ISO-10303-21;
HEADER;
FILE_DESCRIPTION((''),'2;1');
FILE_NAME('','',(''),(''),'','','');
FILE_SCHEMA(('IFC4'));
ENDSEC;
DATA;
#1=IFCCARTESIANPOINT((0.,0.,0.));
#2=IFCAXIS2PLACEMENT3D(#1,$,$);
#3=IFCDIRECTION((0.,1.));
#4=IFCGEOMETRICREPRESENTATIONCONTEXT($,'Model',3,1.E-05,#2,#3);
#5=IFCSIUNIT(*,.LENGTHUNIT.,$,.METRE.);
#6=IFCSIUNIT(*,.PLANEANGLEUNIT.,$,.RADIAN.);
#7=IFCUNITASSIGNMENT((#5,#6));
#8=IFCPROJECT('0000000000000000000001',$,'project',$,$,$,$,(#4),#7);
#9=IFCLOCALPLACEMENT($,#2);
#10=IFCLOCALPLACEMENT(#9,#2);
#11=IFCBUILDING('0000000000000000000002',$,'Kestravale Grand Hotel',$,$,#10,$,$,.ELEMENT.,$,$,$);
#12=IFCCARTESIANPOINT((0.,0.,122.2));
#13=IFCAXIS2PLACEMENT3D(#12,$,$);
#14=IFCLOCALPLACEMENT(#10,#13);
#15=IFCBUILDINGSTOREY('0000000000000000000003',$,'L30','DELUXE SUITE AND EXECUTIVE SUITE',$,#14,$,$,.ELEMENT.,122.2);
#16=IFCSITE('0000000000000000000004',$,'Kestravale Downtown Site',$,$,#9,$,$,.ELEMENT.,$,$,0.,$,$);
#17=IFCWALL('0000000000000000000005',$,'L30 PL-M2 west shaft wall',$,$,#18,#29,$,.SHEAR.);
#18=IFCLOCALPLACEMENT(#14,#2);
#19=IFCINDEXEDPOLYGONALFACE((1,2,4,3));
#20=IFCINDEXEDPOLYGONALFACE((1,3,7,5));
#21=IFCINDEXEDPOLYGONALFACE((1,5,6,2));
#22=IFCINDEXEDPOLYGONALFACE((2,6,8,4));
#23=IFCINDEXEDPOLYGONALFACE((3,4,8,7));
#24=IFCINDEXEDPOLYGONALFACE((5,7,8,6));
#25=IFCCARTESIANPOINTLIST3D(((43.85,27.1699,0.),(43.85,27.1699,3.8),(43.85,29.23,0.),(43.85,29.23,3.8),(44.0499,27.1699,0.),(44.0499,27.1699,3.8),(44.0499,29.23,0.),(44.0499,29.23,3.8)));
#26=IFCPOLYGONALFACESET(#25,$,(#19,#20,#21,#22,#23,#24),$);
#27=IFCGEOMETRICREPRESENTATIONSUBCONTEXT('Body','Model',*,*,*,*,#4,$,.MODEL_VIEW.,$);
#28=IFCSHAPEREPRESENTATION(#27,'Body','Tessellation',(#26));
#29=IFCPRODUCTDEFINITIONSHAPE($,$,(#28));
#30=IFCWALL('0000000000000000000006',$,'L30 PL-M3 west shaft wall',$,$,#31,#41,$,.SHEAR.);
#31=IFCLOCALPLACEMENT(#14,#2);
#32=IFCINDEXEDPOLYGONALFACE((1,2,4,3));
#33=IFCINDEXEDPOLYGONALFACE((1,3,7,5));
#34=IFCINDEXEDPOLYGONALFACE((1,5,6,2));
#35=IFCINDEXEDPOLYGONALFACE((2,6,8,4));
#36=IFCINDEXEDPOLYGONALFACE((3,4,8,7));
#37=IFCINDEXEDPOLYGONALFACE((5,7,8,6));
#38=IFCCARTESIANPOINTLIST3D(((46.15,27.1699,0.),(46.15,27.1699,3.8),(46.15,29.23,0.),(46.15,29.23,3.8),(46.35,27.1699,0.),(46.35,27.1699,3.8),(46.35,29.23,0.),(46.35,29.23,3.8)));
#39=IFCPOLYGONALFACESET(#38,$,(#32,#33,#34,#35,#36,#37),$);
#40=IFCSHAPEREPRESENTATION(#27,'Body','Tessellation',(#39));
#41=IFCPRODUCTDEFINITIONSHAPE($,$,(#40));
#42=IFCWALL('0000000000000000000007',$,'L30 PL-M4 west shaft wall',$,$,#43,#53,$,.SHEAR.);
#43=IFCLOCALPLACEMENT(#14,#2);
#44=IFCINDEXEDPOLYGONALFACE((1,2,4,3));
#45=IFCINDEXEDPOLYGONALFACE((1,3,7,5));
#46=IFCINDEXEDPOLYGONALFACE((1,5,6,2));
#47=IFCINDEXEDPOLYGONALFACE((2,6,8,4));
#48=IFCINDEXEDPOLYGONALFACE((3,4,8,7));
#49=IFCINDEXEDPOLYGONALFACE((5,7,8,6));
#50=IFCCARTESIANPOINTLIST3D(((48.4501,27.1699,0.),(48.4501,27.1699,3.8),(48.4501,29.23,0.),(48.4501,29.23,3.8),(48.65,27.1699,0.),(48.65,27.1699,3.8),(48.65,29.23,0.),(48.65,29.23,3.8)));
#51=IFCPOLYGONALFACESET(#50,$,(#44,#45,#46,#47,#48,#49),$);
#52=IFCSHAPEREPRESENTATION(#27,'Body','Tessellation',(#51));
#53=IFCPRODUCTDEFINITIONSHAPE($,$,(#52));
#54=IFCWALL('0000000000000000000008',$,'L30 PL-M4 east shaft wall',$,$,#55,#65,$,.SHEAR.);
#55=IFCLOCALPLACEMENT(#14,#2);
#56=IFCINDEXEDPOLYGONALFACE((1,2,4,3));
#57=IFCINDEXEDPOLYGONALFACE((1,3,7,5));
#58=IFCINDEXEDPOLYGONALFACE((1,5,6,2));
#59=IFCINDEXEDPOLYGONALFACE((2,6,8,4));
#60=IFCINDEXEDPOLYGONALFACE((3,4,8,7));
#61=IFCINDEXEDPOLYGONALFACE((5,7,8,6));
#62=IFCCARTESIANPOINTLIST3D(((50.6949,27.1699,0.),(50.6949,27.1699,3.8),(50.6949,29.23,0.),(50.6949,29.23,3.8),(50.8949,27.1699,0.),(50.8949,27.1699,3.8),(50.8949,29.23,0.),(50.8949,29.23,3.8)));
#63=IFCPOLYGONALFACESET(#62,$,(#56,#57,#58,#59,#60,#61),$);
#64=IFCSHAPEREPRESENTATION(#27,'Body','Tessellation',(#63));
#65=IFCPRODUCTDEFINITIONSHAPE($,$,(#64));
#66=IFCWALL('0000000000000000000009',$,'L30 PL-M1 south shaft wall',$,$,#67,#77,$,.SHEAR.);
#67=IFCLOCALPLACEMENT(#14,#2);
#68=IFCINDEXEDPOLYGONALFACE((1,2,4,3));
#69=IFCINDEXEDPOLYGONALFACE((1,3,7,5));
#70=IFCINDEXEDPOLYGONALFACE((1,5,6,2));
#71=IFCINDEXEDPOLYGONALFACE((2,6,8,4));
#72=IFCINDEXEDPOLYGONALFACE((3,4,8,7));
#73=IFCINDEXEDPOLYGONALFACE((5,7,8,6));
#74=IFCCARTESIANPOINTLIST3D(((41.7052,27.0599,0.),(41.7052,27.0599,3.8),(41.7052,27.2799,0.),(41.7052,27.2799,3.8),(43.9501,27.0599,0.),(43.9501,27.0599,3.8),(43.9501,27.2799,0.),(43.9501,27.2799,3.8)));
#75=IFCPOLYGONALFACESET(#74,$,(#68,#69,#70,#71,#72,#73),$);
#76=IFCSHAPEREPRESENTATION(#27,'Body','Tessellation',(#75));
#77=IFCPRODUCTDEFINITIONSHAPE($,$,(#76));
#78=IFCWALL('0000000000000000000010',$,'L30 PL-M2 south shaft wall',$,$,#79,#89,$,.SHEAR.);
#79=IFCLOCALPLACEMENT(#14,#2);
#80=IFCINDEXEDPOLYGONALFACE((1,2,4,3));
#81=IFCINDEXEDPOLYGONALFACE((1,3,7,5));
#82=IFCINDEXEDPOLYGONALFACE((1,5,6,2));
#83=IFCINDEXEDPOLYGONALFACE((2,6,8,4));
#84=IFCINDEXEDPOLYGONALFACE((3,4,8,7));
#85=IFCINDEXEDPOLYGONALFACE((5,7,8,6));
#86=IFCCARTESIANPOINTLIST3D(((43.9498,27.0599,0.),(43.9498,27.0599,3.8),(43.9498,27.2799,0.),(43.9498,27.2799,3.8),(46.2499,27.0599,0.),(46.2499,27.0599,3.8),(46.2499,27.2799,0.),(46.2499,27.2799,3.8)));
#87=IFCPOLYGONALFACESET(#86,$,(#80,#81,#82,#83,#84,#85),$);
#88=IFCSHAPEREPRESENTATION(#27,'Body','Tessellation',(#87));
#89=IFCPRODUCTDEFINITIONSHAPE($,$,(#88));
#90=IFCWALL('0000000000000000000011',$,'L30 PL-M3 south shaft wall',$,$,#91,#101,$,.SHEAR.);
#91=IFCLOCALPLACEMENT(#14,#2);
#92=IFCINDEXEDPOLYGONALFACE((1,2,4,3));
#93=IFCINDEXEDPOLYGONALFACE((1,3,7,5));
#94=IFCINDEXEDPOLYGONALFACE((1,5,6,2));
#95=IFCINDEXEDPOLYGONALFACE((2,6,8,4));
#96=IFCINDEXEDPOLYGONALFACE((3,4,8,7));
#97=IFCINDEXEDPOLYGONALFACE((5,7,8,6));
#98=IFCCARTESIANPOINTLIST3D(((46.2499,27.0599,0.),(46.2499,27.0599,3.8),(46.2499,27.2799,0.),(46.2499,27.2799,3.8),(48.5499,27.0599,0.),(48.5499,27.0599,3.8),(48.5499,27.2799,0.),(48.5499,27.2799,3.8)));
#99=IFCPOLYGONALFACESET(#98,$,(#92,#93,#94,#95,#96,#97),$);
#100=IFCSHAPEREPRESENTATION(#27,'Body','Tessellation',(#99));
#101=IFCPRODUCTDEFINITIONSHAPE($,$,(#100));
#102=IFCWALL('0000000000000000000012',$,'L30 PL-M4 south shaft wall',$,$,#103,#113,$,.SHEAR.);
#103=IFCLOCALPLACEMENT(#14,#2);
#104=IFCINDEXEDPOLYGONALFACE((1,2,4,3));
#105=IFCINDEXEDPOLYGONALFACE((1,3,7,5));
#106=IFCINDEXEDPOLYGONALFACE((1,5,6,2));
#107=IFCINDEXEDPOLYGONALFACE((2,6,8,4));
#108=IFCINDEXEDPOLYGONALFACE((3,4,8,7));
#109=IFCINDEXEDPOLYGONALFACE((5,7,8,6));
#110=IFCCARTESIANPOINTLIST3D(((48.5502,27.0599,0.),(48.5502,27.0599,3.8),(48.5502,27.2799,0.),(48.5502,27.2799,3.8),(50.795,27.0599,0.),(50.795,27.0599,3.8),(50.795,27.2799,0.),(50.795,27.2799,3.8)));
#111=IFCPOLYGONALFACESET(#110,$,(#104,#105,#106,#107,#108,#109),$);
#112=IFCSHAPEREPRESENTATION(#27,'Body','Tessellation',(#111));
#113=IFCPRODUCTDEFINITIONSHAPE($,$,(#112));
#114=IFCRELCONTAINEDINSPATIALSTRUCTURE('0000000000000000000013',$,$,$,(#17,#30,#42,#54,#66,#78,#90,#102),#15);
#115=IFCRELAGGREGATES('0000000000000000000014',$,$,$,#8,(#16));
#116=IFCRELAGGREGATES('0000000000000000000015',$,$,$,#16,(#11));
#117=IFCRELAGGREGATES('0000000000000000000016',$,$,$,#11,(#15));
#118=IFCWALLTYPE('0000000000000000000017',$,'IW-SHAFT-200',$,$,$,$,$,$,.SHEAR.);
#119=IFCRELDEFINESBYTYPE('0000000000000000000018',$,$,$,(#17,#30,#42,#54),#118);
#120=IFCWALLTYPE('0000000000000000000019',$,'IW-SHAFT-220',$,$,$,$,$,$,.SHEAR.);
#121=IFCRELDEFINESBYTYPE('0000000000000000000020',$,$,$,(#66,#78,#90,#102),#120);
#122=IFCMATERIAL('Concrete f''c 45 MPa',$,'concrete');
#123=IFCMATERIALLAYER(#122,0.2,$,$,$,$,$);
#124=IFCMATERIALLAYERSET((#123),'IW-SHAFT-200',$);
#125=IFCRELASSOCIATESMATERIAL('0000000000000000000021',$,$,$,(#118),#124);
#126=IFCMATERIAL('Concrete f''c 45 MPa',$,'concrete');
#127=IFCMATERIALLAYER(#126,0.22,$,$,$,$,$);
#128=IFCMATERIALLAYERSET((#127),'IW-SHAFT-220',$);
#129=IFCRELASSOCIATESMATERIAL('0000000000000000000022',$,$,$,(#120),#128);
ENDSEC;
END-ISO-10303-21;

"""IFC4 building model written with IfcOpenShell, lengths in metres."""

from ifc_helpers import new_model, si_unit, direction, frame, frame_2d, origin, place, context, subcontext, project, spatial, rectangle, extrude, material, layer, layer_set, type_object, element, save


model = new_model("IFC4")

# Units and contexts
model_context = context("Model", 3, precision=1e-05, world=origin(), true_north=direction((0.0, 1.0)))
body_context = subcontext(model_context, "Body", "Model", "MODEL_VIEW")
ifc_project = project(units=[si_unit("LENGTHUNIT", "METRE"), si_unit("PLANEANGLEUNIT", "RADIAN")], contexts=[model_context])

# Site, building, storey
site_placement = place(None, origin())
site = spatial("IfcSite", under=ifc_project, at=site_placement, Name="Kestravale Downtown Site", CompositionType="ELEMENT", RefElevation=0.0)
building_placement = place(site_placement, origin())
building = spatial("IfcBuilding", under=site, at=building_placement, Name="Kestravale Grand Hotel", CompositionType="ELEMENT")
storey_placement = place(building_placement, frame((0.0, 0.0, 122.2)))
storey = spatial("IfcBuildingStorey", under=building, at=storey_placement, Name="L30", Description="DELUXE SUITE AND EXECUTIVE SUITE", CompositionType="ELEMENT", Elevation=122.2)

# Walls
ifc_material_1 = material(Name="Concrete f'c 45 MPa", Category="concrete")
ifc_layer_1 = layer(ifc_material_1, 0.2)
ifc_layer_set_1 = layer_set([ifc_layer_1], Name="IW-SHAFT-200")
wall_type_1 = type_object("IfcWallType", Name="IW-SHAFT-200", PredefinedType="SHEAR", material=ifc_layer_set_1)
for number, where, z_axis, x_axis, name in (
    (1, (43.95, 27.1699, 0.0), (0.0, 0.0, 1.0), (0.0, 1.0, 0.0), "L30 PL-M2 west shaft wall"),
    (2, (46.25, 27.1699, 0.0), (0.0, 0.0, 1.0), (0.0, 1.0, 0.0), "L30 PL-M3 west shaft wall"),
    (3, (48.55, 27.1699, 0.0), (0.0, 0.0, 1.0), (0.0, 1.0, 0.0), "L30 PL-M4 west shaft wall"),
    (4, (50.7949, 27.1699, 0.0), (0.0, 0.0, 1.0), (0.0, 1.0, 0.0), "L30 PL-M4 east shaft wall"),
):
    element("IfcWall", number, at=place(storey_placement, frame(where, z_axis=z_axis, x_axis=x_axis)), inside=storey, type_object=wall_type_1, Name=name, PredefinedType="SHEAR", context=body_context, shape_type="SweptSolid", body=[
        extrude(rectangle(XDim=2.0601, YDim=0.2, at=frame_2d((1.03, 0.0))), origin(), (0.0, 0.0, 1.0), 3.8),
    ])
ifc_material_2 = material(Name="Concrete f'c 45 MPa", Category="concrete")
ifc_layer_2 = layer(ifc_material_2, 0.22)
ifc_layer_set_2 = layer_set([ifc_layer_2], Name="IW-SHAFT-220")
wall_type_2 = type_object("IfcWallType", Name="IW-SHAFT-220", PredefinedType="SHEAR", material=ifc_layer_set_2)
wall_1_placement = place(storey_placement, frame((41.7051, 27.1699, 0.0), z_axis=(0.0, 0.0, 1.0), x_axis=(1.0, 0.0, 0.0)))
element("IfcWall", 5, at=wall_1_placement, inside=storey, type_object=wall_type_2, Name="L30 PL-M1 south shaft wall", PredefinedType="SHEAR", context=body_context, shape_type="SweptSolid", body=[
    extrude(rectangle(XDim=2.2449, YDim=0.22, at=frame_2d((1.1226, 0.0))), origin(), (0.0, 0.0, 1.0), 3.8),
])
for number, where, z_axis, x_axis, name in (
    (6, (43.95, 27.1699, 0.0), (0.0, 0.0, 1.0), (1.0, 0.0, 0.0), "L30 PL-M2 south shaft wall"),
    (7, (46.25, 27.1699, 0.0), (0.0, 0.0, 1.0), (1.0, 0.0, 0.0), "L30 PL-M3 south shaft wall"),
):
    element("IfcWall", number, at=place(storey_placement, frame(where, z_axis=z_axis, x_axis=x_axis)), inside=storey, type_object=wall_type_2, Name=name, PredefinedType="SHEAR", context=body_context, shape_type="SweptSolid", body=[
        extrude(rectangle(XDim=2.3, YDim=0.22, at=frame_2d((1.1499, 0.0))), origin(), (0.0, 0.0, 1.0), 3.8),
    ])
wall_2_placement = place(storey_placement, frame((48.55, 27.1699, 0.0), z_axis=(0.0, 0.0, 1.0), x_axis=(1.0, 0.0, 0.0)))
element("IfcWall", 8, at=wall_2_placement, inside=storey, type_object=wall_type_2, Name="L30 PL-M4 south shaft wall", PredefinedType="SHEAR", context=body_context, shape_type="SweptSolid", body=[
    extrude(rectangle(XDim=2.2449, YDim=0.22, at=frame_2d((1.1226, 0.0))), origin(), (0.0, 0.0, 1.0), 3.8),
])

save(model, "model.ifc")
